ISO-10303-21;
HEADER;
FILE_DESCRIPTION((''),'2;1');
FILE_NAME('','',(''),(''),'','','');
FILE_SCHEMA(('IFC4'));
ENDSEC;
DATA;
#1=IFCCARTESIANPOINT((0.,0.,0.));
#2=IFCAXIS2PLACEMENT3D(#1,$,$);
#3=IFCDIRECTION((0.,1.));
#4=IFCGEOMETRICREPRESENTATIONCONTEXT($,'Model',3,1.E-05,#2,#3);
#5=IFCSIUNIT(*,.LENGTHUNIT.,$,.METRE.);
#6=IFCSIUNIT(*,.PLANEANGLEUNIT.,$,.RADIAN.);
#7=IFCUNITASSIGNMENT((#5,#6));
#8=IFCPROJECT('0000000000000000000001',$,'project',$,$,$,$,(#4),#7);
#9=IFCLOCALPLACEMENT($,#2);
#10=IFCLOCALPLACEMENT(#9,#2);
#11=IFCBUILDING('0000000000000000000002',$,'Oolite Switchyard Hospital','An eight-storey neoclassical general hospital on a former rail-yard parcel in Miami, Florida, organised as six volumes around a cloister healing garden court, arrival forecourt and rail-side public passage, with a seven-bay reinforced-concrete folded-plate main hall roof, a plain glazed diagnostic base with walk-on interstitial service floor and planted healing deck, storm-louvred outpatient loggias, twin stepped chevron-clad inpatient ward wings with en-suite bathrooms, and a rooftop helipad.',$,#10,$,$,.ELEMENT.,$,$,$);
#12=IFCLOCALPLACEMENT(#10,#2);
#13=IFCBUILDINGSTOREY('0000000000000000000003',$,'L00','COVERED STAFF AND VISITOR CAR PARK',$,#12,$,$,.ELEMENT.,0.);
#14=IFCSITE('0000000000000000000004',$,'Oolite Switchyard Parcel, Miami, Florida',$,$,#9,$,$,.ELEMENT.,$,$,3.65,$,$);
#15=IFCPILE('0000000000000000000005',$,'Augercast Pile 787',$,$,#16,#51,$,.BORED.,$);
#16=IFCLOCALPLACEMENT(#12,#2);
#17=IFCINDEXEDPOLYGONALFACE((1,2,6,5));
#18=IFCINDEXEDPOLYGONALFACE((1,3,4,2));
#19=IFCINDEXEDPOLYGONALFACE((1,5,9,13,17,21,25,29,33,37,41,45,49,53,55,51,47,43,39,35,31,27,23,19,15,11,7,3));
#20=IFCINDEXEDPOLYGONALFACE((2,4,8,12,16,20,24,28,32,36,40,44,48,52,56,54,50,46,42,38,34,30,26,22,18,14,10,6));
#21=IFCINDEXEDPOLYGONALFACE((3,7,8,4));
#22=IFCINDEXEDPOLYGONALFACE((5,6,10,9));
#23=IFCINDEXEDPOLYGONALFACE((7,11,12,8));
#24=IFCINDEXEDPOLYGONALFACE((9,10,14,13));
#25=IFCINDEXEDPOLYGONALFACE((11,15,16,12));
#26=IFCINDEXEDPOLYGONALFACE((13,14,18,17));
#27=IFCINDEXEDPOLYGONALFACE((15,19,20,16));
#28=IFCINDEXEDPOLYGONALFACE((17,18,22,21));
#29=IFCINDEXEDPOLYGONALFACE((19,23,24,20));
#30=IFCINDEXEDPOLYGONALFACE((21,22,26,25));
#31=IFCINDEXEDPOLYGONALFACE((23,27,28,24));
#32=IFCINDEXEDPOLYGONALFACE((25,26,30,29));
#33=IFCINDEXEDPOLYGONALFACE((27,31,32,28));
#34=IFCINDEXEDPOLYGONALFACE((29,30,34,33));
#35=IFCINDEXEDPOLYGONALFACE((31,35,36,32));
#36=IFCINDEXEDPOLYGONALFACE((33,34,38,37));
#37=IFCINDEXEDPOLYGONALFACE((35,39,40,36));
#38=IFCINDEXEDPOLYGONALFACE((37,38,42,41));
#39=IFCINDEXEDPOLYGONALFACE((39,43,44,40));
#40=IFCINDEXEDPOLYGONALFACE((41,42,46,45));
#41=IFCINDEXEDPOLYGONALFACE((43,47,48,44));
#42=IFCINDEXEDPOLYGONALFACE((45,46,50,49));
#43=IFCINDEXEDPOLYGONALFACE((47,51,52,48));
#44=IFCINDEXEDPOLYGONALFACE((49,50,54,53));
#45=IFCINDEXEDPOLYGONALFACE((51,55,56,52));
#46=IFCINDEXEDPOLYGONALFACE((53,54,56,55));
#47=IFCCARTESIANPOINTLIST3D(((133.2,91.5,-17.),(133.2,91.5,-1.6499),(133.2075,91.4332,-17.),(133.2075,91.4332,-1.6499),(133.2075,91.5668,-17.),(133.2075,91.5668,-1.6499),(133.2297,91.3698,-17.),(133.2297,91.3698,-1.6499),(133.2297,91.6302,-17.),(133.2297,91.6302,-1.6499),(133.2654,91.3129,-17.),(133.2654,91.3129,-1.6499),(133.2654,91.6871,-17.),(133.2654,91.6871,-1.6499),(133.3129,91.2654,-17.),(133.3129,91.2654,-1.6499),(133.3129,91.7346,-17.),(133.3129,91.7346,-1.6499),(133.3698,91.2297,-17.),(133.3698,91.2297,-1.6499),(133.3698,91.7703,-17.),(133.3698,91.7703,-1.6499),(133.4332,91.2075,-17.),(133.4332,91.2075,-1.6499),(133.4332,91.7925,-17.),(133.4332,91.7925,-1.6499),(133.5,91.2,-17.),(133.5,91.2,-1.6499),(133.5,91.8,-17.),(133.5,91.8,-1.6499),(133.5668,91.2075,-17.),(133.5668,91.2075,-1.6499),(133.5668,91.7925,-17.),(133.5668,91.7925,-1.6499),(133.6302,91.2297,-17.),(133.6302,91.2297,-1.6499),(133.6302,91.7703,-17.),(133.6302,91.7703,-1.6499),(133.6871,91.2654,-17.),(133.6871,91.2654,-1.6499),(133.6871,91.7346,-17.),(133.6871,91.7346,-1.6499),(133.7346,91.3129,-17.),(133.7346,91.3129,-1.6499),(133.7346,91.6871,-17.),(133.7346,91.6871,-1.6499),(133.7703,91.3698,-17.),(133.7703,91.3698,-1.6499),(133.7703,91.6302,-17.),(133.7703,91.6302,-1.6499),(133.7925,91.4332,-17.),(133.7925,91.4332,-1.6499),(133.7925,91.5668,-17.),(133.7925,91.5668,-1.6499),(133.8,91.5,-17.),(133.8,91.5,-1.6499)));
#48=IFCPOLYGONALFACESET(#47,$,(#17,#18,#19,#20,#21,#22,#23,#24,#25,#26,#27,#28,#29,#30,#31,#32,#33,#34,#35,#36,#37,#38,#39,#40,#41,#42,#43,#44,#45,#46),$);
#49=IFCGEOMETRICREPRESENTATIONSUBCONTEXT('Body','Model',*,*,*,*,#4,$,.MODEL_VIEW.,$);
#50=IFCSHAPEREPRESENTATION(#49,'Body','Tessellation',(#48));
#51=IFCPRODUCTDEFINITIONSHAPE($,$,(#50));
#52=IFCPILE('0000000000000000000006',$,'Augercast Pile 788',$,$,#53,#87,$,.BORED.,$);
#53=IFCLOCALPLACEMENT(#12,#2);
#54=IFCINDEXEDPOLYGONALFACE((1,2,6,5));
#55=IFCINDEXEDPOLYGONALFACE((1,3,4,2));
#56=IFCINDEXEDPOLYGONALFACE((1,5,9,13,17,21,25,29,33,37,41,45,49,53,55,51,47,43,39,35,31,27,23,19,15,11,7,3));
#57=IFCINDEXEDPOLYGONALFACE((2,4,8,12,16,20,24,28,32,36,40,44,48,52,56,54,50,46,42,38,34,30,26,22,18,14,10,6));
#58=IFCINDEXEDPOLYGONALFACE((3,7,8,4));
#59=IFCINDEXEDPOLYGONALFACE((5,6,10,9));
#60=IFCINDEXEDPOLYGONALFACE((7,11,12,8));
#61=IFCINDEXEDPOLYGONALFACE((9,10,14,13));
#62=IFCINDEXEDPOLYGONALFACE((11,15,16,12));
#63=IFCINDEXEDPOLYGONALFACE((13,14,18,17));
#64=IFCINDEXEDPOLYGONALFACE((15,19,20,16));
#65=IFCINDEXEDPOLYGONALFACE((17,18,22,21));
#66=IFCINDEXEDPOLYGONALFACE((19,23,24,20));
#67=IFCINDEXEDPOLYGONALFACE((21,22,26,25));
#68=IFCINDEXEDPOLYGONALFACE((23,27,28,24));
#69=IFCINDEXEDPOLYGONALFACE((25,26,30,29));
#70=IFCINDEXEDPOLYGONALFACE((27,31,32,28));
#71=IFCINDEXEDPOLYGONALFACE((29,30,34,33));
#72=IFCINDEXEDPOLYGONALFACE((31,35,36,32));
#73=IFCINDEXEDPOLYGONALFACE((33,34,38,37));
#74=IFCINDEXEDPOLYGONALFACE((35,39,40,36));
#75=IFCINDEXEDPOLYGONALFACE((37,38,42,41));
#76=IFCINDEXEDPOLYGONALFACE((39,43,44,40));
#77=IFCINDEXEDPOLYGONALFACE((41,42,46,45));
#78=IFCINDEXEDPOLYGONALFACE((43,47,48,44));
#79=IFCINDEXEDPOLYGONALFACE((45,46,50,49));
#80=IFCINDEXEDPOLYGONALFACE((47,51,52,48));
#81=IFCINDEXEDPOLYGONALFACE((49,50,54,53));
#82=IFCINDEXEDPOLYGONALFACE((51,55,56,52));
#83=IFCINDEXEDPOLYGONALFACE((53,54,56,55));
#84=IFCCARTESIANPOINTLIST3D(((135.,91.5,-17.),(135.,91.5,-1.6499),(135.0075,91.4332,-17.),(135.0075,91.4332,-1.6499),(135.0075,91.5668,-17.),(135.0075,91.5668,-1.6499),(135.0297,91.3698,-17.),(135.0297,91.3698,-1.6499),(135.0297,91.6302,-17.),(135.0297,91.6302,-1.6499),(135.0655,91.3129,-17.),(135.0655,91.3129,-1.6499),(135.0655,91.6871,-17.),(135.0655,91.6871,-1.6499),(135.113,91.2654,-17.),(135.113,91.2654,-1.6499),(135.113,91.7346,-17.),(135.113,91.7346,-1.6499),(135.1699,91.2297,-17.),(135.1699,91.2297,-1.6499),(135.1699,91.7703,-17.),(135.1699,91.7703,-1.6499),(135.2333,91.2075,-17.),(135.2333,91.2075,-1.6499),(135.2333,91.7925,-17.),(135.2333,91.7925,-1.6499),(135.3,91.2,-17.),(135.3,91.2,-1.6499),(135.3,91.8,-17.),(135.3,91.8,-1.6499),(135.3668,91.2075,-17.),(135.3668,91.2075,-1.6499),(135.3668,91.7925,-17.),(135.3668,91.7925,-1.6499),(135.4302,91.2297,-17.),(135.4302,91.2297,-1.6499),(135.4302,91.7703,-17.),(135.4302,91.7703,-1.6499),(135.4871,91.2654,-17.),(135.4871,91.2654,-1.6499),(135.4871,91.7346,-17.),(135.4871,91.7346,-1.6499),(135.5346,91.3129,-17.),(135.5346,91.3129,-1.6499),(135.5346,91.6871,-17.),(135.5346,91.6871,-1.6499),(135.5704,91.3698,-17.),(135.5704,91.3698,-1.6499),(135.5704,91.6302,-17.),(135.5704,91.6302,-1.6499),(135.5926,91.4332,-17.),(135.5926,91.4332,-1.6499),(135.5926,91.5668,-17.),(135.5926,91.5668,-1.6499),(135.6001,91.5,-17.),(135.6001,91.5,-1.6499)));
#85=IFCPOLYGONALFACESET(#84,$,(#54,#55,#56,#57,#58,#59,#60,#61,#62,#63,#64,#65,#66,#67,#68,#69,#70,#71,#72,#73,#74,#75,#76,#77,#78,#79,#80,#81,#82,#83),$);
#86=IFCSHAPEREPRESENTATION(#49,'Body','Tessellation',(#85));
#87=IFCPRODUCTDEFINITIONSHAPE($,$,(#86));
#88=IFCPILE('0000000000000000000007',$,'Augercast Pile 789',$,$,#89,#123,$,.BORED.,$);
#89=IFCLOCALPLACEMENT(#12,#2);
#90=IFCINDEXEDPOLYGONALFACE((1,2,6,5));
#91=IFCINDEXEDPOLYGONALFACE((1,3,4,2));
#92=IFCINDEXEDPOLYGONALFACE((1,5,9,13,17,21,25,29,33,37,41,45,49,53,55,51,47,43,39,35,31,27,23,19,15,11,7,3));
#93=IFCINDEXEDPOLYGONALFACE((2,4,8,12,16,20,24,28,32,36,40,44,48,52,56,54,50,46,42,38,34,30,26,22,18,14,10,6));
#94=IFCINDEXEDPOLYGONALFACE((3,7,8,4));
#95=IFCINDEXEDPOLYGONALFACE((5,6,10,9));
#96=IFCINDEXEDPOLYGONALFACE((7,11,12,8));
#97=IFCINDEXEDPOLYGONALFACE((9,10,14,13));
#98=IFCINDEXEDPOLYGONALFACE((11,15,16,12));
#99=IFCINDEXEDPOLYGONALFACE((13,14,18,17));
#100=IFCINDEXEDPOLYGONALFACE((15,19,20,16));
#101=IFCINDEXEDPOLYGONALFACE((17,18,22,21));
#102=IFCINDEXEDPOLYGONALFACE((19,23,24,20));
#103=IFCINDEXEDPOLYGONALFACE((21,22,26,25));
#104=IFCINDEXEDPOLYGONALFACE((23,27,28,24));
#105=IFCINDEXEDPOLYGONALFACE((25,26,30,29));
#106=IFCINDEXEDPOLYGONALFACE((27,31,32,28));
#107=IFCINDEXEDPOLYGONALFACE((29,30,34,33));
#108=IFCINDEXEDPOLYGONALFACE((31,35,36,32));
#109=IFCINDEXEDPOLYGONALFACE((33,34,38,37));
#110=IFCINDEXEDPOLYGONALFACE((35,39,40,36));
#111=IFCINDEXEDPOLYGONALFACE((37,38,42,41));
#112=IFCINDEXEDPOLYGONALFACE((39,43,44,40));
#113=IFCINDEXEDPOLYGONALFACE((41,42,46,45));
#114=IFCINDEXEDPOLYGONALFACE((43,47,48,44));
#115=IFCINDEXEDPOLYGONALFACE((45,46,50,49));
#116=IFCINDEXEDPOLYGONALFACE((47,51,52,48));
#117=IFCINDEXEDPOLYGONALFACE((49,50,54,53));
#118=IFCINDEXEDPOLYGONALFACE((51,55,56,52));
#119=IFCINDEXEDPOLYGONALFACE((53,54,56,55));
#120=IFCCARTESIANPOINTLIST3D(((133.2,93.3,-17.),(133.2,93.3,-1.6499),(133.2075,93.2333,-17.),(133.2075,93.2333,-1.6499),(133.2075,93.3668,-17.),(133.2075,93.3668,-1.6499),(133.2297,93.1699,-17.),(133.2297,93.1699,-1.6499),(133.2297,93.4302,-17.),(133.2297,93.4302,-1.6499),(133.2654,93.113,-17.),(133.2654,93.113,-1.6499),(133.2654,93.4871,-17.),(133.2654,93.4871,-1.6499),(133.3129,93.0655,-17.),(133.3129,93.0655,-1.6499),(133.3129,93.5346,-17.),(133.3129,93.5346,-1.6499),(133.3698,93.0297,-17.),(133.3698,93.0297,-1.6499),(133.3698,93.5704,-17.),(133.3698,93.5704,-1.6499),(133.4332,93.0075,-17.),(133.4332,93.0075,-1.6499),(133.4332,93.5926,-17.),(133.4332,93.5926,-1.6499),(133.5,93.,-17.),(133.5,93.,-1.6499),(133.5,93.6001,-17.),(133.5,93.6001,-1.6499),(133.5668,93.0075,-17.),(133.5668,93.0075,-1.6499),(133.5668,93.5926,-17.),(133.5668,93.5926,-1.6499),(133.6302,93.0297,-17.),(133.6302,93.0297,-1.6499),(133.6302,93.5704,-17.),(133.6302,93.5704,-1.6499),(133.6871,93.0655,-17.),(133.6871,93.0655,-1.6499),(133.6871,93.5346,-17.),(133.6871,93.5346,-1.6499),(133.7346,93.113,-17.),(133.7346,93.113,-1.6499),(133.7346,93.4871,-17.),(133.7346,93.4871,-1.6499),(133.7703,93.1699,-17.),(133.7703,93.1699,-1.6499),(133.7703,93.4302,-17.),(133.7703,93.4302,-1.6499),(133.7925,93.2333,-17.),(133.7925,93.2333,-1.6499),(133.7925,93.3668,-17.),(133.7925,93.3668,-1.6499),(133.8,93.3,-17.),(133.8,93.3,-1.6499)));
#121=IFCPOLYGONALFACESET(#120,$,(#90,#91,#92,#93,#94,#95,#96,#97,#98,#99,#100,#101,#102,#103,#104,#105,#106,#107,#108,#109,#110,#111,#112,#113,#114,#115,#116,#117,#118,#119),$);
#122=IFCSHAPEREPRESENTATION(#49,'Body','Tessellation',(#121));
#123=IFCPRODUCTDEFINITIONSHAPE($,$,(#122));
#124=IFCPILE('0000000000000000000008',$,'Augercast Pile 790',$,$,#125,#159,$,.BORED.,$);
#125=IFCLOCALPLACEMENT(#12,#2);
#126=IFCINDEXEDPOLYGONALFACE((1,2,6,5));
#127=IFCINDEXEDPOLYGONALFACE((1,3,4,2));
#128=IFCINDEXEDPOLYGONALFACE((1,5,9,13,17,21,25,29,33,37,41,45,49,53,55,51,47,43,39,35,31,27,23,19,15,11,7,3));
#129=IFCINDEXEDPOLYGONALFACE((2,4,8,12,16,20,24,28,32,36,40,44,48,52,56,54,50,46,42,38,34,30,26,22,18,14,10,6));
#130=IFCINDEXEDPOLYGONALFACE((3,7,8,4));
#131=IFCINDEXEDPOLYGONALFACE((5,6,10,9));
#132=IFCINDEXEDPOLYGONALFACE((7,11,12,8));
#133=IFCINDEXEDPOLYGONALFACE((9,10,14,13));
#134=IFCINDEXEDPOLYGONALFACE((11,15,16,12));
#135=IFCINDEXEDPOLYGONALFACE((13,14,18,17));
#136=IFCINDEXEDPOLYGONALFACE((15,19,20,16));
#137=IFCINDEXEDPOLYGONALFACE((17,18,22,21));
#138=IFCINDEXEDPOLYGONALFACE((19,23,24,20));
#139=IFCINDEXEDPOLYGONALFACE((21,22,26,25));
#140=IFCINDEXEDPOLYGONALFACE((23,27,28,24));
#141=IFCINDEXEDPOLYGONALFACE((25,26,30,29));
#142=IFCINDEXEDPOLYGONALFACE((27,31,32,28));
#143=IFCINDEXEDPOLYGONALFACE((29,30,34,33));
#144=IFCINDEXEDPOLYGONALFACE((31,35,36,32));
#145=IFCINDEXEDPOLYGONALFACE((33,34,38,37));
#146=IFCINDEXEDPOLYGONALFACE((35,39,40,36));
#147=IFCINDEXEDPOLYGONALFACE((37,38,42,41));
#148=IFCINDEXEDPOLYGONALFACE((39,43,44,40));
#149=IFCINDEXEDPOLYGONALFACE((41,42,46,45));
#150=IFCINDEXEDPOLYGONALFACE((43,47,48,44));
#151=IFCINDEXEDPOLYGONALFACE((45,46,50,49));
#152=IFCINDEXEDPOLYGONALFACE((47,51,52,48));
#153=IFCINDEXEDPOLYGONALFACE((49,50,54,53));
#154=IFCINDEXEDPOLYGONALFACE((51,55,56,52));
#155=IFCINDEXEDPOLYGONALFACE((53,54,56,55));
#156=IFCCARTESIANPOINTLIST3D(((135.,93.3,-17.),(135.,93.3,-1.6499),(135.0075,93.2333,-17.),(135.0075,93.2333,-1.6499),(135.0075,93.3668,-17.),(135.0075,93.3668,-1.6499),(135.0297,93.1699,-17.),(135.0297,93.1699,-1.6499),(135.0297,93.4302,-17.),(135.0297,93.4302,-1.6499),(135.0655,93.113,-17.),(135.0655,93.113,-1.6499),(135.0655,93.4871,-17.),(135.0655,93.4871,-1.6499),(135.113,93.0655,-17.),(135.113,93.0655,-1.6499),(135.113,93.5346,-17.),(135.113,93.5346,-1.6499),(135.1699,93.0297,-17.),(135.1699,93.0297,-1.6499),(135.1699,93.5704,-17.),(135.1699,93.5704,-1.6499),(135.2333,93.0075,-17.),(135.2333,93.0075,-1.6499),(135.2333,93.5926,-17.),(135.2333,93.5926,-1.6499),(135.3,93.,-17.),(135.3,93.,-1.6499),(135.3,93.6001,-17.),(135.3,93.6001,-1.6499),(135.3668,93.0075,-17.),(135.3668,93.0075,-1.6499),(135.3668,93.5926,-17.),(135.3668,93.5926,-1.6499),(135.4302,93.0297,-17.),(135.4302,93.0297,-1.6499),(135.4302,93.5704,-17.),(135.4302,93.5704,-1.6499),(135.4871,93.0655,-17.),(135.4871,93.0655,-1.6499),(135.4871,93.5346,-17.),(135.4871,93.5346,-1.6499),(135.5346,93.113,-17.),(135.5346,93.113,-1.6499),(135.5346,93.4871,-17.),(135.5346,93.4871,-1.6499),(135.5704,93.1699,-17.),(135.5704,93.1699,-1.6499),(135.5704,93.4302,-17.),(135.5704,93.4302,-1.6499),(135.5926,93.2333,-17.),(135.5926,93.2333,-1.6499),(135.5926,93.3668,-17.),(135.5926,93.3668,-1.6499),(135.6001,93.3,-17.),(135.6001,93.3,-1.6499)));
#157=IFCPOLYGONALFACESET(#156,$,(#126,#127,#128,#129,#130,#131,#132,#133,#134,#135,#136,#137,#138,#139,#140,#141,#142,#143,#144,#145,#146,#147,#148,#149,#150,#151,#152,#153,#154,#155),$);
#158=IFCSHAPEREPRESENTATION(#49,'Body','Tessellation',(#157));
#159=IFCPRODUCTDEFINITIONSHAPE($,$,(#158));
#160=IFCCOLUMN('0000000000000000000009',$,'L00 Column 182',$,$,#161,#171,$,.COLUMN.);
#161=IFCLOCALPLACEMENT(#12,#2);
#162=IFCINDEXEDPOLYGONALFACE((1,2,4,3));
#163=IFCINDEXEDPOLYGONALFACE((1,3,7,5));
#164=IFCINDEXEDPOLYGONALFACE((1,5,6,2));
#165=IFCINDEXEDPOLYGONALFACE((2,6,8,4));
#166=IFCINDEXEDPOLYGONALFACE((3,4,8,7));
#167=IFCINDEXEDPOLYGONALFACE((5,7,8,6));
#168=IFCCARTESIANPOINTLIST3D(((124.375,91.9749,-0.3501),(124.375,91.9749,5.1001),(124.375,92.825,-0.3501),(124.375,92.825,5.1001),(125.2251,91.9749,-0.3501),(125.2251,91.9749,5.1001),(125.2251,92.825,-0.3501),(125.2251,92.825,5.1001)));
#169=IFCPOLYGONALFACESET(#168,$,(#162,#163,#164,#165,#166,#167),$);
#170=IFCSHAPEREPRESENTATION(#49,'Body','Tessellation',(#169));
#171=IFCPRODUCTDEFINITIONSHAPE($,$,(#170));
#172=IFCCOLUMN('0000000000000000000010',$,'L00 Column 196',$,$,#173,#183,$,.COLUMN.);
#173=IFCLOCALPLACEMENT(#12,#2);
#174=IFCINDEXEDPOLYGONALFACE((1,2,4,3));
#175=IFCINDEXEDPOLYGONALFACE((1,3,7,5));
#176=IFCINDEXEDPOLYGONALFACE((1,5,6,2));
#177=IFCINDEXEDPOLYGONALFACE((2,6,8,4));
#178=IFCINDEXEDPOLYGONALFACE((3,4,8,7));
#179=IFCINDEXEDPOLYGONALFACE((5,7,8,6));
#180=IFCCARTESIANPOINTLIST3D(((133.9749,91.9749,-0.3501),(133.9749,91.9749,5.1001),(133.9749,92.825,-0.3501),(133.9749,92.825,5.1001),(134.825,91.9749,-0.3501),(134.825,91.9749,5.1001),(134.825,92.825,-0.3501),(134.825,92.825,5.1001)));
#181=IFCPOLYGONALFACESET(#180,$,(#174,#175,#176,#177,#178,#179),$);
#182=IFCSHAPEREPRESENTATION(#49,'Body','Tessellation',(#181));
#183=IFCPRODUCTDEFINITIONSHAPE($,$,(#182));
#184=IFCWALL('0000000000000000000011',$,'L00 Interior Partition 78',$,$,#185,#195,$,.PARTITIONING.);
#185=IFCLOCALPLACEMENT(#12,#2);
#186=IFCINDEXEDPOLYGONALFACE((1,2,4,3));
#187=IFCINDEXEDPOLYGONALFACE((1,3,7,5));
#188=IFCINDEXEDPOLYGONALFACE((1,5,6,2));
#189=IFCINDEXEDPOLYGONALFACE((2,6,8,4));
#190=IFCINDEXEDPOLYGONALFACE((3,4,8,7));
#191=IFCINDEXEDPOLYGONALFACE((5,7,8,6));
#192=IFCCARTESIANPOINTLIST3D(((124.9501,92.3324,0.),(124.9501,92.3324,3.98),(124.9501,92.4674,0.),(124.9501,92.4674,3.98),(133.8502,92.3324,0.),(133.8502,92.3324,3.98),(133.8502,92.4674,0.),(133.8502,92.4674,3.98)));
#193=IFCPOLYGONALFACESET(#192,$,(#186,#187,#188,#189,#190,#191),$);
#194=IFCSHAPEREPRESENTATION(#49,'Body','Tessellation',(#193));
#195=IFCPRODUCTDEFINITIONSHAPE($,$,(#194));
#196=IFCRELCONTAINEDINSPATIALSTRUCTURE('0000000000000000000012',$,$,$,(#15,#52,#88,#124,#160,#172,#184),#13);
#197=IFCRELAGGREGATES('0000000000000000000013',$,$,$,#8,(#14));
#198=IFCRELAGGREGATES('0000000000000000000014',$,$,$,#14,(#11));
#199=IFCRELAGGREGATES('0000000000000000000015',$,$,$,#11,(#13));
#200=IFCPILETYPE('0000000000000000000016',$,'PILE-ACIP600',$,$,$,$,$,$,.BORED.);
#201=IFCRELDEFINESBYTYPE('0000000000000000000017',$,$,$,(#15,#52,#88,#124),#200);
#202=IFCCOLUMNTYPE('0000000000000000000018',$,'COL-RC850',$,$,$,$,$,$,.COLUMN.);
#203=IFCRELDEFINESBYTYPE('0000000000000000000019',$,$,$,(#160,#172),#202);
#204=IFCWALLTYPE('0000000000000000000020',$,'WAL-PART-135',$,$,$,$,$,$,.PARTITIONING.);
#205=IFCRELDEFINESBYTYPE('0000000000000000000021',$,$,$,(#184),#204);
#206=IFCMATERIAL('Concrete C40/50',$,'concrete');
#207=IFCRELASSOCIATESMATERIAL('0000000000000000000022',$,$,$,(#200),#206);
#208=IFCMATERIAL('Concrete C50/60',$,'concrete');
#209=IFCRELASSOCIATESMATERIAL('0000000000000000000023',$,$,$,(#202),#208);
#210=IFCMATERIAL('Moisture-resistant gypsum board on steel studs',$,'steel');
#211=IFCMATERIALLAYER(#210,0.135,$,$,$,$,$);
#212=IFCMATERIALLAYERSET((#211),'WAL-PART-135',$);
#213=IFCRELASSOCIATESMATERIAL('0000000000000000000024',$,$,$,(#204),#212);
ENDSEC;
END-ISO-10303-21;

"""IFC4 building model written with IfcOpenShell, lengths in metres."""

from ifc_helpers import new_model, si_unit, direction, frame, frame_2d, origin, origin_2d, place, context, subcontext, project, spatial, rectangle, circle, extrude, material, layer, layer_set, material_profile, profile_set, type_object, element, save


model = new_model("IFC4")

# Units and contexts
model_context = context("Model", 3, precision=1e-05, world=origin(), true_north=direction((0.0, 1.0)))
body_context = subcontext(model_context, "Body", "Model", "MODEL_VIEW")
ifc_project = project(units=[si_unit("LENGTHUNIT", "METRE"), si_unit("PLANEANGLEUNIT", "RADIAN")], contexts=[model_context])

# Site, building, storey
site_placement = place(None, origin())
site = spatial("IfcSite", under=ifc_project, at=site_placement, Name="Oolite Switchyard Parcel, Miami, Florida", CompositionType="ELEMENT", RefElevation=3.65)
building_placement = place(site_placement, origin())
building = spatial("IfcBuilding", under=site, at=building_placement, Name="Oolite Switchyard Hospital", Description="An eight-storey neoclassical general hospital on a former rail-yard parcel in Miami, Florida, organised as six volumes around a cloister healing garden court, arrival forecourt and rail-side public passage, with a seven-bay reinforced-concrete folded-plate main hall roof, a plain glazed diagnostic base with walk-on interstitial service floor and planted healing deck, storm-louvred outpatient loggias, twin stepped chevron-clad inpatient ward wings with en-suite bathrooms, and a rooftop helipad.", CompositionType="ELEMENT")
storey_placement = place(building_placement, origin())
storey = spatial("IfcBuildingStorey", under=building, at=storey_placement, Name="L00", Description="COVERED STAFF AND VISITOR CAR PARK", CompositionType="ELEMENT", Elevation=0.0)

# Shared definitions
ifc_material_1 = material(Name="Concrete C40/50", Category="concrete")

# Piles
ifc_material_profile_1 = material_profile(ifc_material_1, circle(Radius=0.3, at=origin_2d()), Name="PILE600")
ifc_profile_set_1 = profile_set([ifc_material_profile_1], Name="Concrete C40/50")
pile_type = type_object("IfcPileType", Name="PILE-ACIP600", PredefinedType="BORED", material=ifc_profile_set_1)
for number, where, z_axis, x_axis, name in (
    (1, (133.5, 91.5, -1.6499), (0.0, 0.0, -1.0), (1.0, 0.0, 0.0), "Augercast Pile 787"),
    (2, (135.3, 91.5, -1.6499), (0.0, 0.0, -1.0), (1.0, 0.0, 0.0), "Augercast Pile 788"),
    (3, (133.5, 93.3, -1.6499), (0.0, 0.0, -1.0), (1.0, 0.0, 0.0), "Augercast Pile 789"),
    (4, (135.3, 93.3, -1.6499), (0.0, 0.0, -1.0), (1.0, 0.0, 0.0), "Augercast Pile 790"),
):
    element("IfcPile", number, at=place(storey_placement, frame(where, z_axis=z_axis, x_axis=x_axis)), inside=storey, type_object=pile_type, Name=name, PredefinedType="BORED", context=body_context, shape_type="SweptSolid", body=[
        extrude(circle(Radius=0.3, at=origin_2d()), origin(), (0.0, 0.0, 1.0), 15.3501),
    ])

# Columns
ifc_material_2 = material(Name="Concrete C50/60", Category="concrete")
ifc_material_profile_2 = material_profile(ifc_material_2, rectangle(XDim=0.8501, YDim=0.8501, at=origin_2d()), Name="RC850X850")
ifc_profile_set_2 = profile_set([ifc_material_profile_2], Name="Concrete C50/60")
column_type = type_object("IfcColumnType", Name="COL-RC850", PredefinedType="COLUMN", material=ifc_profile_set_2)
for number, where, z_axis, x_axis, name in (
    (5, (124.8, 92.3999, -0.3501), (0.0, 0.0, 1.0), (1.0, 0.0, 0.0), "L00 Column 182"),
    (6, (134.3999, 92.3999, -0.3501), (0.0, 0.0, 1.0), (1.0, 0.0, 0.0), "L00 Column 196"),
):
    element("IfcColumn", number, at=place(storey_placement, frame(where, z_axis=z_axis, x_axis=x_axis)), inside=storey, type_object=column_type, Name=name, PredefinedType="COLUMN", context=body_context, shape_type="SweptSolid", body=[
        extrude(rectangle(XDim=0.8501, YDim=0.8501, at=origin_2d()), origin(), (0.0, 0.0, 1.0), 5.4502),
    ])

# Wall
ifc_material_3 = material(Name="Moisture-resistant gypsum board on steel studs", Category="steel")
ifc_layer_1 = layer(ifc_material_3, 0.135)
ifc_layer_set_1 = layer_set([ifc_layer_1], Name="WAL-PART-135")
wall_type_1 = type_object("IfcWallType", Name="WAL-PART-135", PredefinedType="PARTITIONING", material=ifc_layer_set_1)
wall_1_placement = place(storey_placement, frame((124.95, 92.3999, 0.0), z_axis=(0.0, 0.0, 1.0), x_axis=(1.0, 0.0, 0.0)))
element("IfcWall", 7, at=wall_1_placement, inside=storey, type_object=wall_type_1, Name="L00 Interior Partition 78", PredefinedType="PARTITIONING", context=body_context, shape_type="SweptSolid", body=[
    extrude(rectangle(XDim=8.9001, YDim=0.135, at=frame_2d((4.4502, 0.0))), origin(), (0.0, 0.0, 1.0), 3.98),
])

save(model, "model.ifc")
